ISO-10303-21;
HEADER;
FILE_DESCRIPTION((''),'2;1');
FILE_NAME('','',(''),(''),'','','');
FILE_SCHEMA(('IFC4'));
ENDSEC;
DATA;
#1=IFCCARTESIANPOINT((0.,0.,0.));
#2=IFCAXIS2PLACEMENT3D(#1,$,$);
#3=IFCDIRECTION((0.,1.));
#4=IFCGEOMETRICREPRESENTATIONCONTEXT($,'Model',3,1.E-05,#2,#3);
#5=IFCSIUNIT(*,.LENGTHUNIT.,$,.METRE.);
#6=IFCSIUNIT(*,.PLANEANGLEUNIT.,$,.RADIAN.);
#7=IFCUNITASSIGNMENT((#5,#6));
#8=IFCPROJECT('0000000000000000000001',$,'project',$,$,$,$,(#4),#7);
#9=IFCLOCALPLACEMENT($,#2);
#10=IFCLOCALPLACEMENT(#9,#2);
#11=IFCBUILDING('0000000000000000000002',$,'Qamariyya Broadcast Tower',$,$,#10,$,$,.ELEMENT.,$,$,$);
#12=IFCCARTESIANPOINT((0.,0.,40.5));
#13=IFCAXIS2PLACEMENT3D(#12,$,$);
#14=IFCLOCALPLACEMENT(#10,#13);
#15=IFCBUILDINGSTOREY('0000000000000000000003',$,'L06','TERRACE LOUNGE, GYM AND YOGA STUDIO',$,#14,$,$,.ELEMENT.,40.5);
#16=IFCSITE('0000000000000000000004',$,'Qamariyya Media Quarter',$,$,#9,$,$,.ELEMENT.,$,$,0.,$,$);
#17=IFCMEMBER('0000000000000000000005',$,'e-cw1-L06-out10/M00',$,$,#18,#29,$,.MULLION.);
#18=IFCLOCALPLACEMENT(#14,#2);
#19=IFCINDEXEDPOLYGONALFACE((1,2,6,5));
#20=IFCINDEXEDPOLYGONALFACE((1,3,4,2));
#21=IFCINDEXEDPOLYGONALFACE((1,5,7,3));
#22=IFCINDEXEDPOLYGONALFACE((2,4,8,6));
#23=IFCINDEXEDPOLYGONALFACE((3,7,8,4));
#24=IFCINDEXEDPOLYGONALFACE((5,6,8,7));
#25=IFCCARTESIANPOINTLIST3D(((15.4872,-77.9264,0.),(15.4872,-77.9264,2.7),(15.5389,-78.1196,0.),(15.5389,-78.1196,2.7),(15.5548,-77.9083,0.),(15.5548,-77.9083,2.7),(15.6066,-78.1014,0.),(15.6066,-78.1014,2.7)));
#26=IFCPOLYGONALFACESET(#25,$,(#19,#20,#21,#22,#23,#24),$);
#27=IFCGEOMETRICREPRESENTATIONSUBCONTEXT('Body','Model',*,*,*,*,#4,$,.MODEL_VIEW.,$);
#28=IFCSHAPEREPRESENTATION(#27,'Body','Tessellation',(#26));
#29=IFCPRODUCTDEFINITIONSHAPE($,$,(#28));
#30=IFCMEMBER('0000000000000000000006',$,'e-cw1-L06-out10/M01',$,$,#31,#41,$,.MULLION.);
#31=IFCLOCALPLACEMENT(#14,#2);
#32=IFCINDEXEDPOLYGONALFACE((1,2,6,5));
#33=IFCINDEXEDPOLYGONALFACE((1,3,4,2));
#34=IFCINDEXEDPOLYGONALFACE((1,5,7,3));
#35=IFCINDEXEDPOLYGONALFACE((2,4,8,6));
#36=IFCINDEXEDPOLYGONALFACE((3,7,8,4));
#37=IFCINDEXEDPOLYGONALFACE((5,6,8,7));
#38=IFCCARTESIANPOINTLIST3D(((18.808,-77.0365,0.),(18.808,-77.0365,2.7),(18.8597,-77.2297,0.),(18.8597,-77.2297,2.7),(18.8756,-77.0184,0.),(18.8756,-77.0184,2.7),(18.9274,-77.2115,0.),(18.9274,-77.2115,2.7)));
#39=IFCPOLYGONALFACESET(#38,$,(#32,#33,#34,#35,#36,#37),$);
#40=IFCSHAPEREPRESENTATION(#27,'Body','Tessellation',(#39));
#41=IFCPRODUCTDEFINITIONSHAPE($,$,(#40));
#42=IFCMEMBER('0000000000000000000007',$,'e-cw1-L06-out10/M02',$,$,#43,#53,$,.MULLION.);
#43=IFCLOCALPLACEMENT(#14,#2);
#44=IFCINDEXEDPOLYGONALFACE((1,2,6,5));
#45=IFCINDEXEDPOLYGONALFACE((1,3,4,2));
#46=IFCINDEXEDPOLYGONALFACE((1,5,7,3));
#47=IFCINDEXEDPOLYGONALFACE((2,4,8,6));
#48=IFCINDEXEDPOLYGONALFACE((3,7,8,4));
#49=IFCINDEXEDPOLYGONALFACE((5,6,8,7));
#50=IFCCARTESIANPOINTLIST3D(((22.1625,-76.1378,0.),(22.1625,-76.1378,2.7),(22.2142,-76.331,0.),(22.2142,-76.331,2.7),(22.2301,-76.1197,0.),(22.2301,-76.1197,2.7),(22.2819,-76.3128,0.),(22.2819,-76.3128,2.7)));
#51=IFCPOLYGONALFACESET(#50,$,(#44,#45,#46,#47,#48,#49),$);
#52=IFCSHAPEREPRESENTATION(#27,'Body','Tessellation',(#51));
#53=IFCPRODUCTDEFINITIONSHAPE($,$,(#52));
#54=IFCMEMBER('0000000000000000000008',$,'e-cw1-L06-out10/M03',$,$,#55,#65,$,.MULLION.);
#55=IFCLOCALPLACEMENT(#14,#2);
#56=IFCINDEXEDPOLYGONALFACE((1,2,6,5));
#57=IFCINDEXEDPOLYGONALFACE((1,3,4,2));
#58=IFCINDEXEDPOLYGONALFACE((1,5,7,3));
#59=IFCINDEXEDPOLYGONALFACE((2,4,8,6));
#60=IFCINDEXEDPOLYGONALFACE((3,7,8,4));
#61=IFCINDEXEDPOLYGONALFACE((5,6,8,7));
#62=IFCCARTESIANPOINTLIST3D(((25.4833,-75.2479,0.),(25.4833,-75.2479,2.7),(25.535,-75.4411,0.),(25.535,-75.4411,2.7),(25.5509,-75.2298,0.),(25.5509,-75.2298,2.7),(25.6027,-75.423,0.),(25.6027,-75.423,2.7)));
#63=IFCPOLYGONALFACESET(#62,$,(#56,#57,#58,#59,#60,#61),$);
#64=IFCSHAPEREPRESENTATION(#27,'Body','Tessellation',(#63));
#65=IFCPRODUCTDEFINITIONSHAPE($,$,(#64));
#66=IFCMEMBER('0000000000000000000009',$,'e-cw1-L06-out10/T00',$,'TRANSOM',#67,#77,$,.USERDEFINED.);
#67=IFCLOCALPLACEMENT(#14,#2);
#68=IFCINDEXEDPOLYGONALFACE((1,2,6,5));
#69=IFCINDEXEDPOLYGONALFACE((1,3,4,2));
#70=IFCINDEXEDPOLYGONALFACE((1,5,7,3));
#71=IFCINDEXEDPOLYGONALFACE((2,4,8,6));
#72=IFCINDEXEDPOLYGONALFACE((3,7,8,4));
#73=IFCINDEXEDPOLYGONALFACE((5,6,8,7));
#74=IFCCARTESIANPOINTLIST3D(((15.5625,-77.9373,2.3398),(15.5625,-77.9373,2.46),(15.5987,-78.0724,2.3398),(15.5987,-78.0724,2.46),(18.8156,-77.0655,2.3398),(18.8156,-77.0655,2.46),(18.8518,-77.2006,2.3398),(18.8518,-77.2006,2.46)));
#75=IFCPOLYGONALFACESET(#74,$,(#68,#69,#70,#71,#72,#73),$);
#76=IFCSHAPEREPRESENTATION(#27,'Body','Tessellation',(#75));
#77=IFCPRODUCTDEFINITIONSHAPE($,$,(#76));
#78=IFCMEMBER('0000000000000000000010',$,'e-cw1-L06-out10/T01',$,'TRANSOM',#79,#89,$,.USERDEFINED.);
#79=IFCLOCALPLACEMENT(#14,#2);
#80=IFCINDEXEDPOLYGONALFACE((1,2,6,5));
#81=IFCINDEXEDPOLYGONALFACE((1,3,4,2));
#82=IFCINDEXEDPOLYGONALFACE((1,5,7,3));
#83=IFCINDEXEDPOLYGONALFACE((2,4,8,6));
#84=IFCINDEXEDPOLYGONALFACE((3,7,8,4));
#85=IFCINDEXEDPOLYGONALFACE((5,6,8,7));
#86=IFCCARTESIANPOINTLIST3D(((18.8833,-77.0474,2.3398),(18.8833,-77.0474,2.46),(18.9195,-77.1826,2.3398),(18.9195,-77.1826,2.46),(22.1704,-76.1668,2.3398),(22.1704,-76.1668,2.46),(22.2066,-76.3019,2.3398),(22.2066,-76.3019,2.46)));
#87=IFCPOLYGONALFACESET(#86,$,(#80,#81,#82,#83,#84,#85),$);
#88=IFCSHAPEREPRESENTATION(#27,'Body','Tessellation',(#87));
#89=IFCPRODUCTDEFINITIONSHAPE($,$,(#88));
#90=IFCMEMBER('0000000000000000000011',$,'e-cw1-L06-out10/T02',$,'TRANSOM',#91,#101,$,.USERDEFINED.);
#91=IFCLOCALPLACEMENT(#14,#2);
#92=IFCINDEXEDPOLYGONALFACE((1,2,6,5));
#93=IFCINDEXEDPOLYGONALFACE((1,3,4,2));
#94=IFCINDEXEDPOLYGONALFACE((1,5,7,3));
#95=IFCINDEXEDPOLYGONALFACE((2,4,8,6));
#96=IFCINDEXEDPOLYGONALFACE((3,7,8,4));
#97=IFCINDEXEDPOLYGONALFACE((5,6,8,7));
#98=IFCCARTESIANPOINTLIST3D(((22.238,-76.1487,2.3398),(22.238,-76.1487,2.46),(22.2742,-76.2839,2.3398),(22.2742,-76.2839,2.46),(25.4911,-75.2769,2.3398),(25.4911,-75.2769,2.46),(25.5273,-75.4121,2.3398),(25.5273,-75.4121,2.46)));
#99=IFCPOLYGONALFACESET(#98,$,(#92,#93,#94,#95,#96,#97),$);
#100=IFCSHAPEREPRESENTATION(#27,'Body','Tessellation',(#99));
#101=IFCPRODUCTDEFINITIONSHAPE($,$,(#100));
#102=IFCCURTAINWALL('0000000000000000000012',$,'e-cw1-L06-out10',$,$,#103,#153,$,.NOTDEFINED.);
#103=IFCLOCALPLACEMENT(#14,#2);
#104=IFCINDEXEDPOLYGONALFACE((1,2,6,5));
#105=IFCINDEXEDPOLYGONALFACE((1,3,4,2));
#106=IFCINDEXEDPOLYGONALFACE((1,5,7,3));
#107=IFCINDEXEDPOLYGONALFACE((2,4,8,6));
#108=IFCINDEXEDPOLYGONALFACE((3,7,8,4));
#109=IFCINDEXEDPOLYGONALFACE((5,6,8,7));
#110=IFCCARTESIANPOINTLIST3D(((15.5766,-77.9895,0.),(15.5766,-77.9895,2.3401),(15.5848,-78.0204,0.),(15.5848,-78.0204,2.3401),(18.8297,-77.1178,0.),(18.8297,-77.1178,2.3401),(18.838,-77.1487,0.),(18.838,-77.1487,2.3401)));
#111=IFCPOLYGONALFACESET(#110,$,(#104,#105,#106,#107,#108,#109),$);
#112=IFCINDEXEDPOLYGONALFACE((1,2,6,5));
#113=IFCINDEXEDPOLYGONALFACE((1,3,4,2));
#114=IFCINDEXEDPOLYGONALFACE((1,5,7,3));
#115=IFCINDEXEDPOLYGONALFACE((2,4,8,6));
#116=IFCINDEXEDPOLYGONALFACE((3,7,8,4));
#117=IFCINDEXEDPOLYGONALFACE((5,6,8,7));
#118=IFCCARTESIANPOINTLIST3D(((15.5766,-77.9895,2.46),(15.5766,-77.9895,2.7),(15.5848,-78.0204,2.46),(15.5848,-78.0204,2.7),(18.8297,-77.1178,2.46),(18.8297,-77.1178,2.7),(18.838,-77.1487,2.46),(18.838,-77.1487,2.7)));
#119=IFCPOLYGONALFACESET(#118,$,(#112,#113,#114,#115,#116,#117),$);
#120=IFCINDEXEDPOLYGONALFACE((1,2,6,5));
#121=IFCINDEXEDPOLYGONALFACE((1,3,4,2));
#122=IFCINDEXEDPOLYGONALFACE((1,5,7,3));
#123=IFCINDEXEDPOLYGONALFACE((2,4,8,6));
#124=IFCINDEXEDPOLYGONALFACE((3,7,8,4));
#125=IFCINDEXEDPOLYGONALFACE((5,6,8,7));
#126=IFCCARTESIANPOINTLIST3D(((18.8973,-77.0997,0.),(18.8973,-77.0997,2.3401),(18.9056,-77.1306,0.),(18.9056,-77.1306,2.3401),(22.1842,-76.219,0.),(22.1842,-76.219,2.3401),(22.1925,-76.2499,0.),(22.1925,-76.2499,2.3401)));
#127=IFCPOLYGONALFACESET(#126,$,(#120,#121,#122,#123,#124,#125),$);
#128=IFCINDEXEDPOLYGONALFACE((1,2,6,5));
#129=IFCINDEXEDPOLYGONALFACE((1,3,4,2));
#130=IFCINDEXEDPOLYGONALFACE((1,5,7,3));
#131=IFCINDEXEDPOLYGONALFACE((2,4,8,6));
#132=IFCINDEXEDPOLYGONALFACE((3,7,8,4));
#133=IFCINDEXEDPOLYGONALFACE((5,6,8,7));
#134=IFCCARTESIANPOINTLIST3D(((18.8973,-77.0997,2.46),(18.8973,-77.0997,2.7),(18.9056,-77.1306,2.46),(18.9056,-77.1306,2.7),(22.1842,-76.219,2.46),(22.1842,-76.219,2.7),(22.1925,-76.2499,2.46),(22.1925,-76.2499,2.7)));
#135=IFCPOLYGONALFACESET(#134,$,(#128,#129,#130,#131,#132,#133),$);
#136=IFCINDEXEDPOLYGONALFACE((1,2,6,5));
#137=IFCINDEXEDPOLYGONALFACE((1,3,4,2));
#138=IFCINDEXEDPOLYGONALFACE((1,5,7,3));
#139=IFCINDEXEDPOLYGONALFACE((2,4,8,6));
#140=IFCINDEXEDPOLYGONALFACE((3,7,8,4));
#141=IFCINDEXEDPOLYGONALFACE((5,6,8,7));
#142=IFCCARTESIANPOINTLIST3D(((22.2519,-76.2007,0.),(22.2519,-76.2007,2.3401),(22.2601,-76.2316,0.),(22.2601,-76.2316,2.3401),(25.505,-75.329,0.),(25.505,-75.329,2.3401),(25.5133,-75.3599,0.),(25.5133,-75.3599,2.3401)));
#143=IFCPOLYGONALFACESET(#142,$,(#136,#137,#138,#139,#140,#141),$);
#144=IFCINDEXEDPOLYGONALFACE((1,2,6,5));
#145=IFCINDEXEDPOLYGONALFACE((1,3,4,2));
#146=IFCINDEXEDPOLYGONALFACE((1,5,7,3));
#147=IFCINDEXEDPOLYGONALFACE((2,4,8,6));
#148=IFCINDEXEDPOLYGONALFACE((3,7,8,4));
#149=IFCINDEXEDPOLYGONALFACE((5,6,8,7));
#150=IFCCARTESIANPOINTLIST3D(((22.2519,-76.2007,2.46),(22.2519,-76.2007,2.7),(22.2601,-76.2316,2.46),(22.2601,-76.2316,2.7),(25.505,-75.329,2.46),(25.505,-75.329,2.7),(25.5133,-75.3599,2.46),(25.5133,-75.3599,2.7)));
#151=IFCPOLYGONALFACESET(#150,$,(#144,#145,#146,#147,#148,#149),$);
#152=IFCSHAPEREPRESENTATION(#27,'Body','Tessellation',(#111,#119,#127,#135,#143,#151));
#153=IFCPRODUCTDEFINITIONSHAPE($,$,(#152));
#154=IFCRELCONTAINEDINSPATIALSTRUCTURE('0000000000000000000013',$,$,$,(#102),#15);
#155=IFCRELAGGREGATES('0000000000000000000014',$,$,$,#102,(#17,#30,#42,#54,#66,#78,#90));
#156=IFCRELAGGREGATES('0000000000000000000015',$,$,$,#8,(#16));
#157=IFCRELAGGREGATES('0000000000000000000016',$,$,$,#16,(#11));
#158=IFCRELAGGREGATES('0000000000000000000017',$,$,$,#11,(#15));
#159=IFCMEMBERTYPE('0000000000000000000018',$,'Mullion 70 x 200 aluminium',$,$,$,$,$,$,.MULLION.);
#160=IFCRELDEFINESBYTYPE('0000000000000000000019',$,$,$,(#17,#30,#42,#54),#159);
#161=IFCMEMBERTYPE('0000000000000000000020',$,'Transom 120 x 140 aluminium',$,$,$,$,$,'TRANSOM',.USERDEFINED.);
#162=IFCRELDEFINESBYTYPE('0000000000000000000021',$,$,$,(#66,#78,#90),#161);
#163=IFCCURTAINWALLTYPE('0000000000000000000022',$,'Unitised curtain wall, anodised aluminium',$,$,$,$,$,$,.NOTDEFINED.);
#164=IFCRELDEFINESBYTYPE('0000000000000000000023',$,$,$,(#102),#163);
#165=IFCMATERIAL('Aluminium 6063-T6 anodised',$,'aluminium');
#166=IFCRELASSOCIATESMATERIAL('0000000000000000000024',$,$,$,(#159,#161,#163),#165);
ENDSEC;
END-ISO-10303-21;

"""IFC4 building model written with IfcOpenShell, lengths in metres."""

from ifc_helpers import new_model, si_unit, direction, frame, origin, origin_2d, place, context, subcontext, project, spatial, rectangle, extrude, material, material_profile, profile_set, type_object, element, aggregate, save


model = new_model("IFC4")

# Units and contexts
model_context = context("Model", 3, precision=1e-05, world=origin(), true_north=direction((0.0, 1.0)))
body_context = subcontext(model_context, "Body", "Model", "MODEL_VIEW")
ifc_project = project(units=[si_unit("LENGTHUNIT", "METRE"), si_unit("PLANEANGLEUNIT", "RADIAN")], contexts=[model_context])

# Members
ifc_material = material(Name="Aluminium 6063-T6 anodised", Category="aluminium")
ifc_material_profile_1 = material_profile(ifc_material, rectangle(XDim=0.2, YDim=0.0701, at=origin_2d()))
ifc_profile_set_1 = profile_set([ifc_material_profile_1], Name="Aluminium 6063-T6 anodised")
member_type_1 = type_object("IfcMemberType", Name="Mullion 70 x 200 aluminium", PredefinedType="MULLION", material=ifc_profile_set_1)
site_placement = place(None, origin())
building_placement = place(site_placement, origin())
storey_placement = place(building_placement, frame((0.0, 0.0, 40.5)))
member_1_placement = place(storey_placement, frame((15.5469, -78.0139, 0.0), z_axis=(0.0, 0.0, 1.0), x_axis=(-0.258819, 0.965926, 0.0)))
member_1 = element("IfcMember", 1, at=member_1_placement, type_object=member_type_1, Name="e-cw1-L06-out10/M00", PredefinedType="MULLION", context=body_context, shape_type="SweptSolid", body=[
    extrude(rectangle(XDim=0.2, YDim=0.0701, at=origin_2d()), origin(), (0.0, 0.0, 1.0), 2.7),
])
member_2_placement = place(storey_placement, frame((18.8677, -77.124, 0.0), z_axis=(0.0, 0.0, 1.0), x_axis=(-0.258819, 0.965926, 0.0)))
member_2 = element("IfcMember", 2, at=member_2_placement, type_object=member_type_1, Name="e-cw1-L06-out10/M01", PredefinedType="MULLION", context=body_context, shape_type="SweptSolid", body=[
    extrude(rectangle(XDim=0.2, YDim=0.0701, at=origin_2d()), origin(), (0.0, 0.0, 1.0), 2.7),
])
member_3_placement = place(storey_placement, frame((22.2222, -76.2253, 0.0), z_axis=(0.0, 0.0, 1.0), x_axis=(-0.258819, 0.965926, 0.0)))
member_3 = element("IfcMember", 3, at=member_3_placement, type_object=member_type_1, Name="e-cw1-L06-out10/M02", PredefinedType="MULLION", context=body_context, shape_type="SweptSolid", body=[
    extrude(rectangle(XDim=0.2, YDim=0.0701, at=origin_2d()), origin(), (0.0, 0.0, 1.0), 2.7),
])
member_4_placement = place(storey_placement, frame((25.543, -75.3354, 0.0), z_axis=(0.0, 0.0, 1.0), x_axis=(-0.258819, 0.965926, 0.0)))
member_4 = element("IfcMember", 4, at=member_4_placement, type_object=member_type_1, Name="e-cw1-L06-out10/M03", PredefinedType="MULLION", context=body_context, shape_type="SweptSolid", body=[
    extrude(rectangle(XDim=0.2, YDim=0.0701, at=origin_2d()), origin(), (0.0, 0.0, 1.0), 2.7),
])
ifc_material_profile_2 = material_profile(ifc_material, rectangle(XDim=0.1399, YDim=0.1201, at=origin_2d()))
ifc_profile_set_2 = profile_set([ifc_material_profile_2], Name="Aluminium 6063-T6 anodised")
member_type_2 = type_object("IfcMemberType", Name="Transom 120 x 140 aluminium", ElementType="TRANSOM", PredefinedType="USERDEFINED", material=ifc_profile_set_2)
member_5_placement = place(storey_placement, frame((15.5806, -78.0049, 2.3999), z_axis=(0.965915, 0.258858, 0.0), x_axis=(-0.258858, 0.965915, 0.0)))
member_5 = element("IfcMember", 5, at=member_5_placement, type_object=member_type_2, Name="e-cw1-L06-out10/T00", ObjectType="TRANSOM", PredefinedType="USERDEFINED", context=body_context, shape_type="SweptSolid", body=[
    extrude(rectangle(XDim=0.1399, YDim=0.1201, at=origin_2d()), origin(), (0.0, 0.0, 1.0), 3.3679),
])
member_6_placement = place(storey_placement, frame((18.9014, -77.115, 2.3999), z_axis=(0.965938, 0.258774, 0.0), x_axis=(-0.258774, 0.965938, 0.0)))
member_6 = element("IfcMember", 6, at=member_6_placement, type_object=member_type_2, Name="e-cw1-L06-out10/T01", ObjectType="TRANSOM", PredefinedType="USERDEFINED", context=body_context, shape_type="SweptSolid", body=[
    extrude(rectangle(XDim=0.1399, YDim=0.1201, at=origin_2d()), origin(), (0.0, 0.0, 1.0), 3.4031),
])
member_7_placement = place(storey_placement, frame((22.2561, -76.2163, 2.3999), z_axis=(0.965915, 0.258858, 0.0), x_axis=(-0.258858, 0.965915, 0.0)))
member_7 = element("IfcMember", 7, at=member_7_placement, type_object=member_type_2, Name="e-cw1-L06-out10/T02", ObjectType="TRANSOM", PredefinedType="USERDEFINED", context=body_context, shape_type="SweptSolid", body=[
    extrude(rectangle(XDim=0.1399, YDim=0.1201, at=origin_2d()), origin(), (0.0, 0.0, 1.0), 3.3679),
])

# Site, building, storey
site = spatial("IfcSite", under=ifc_project, at=site_placement, Name="Qamariyya Media Quarter", CompositionType="ELEMENT", RefElevation=0.0)
building = spatial("IfcBuilding", under=site, at=building_placement, Name="Qamariyya Broadcast Tower", CompositionType="ELEMENT")
storey = spatial("IfcBuildingStorey", under=building, at=storey_placement, Name="L06", Description="TERRACE LOUNGE, GYM AND YOGA STUDIO", CompositionType="ELEMENT", Elevation=40.5)

# Curtain wall
curtain_wall_type = type_object("IfcCurtainWallType", Name="Unitised curtain wall, anodised aluminium", PredefinedType="NOTDEFINED", material=ifc_material)
curtain_wall_1_placement = place(storey_placement, origin())
curtain_wall_1 = element("IfcCurtainWall", 8, at=curtain_wall_1_placement, inside=storey, type_object=curtain_wall_type, Name="e-cw1-L06-out10", PredefinedType="NOTDEFINED", context=body_context, shape_type="SweptSolid", body=[
    extrude(rectangle(XDim=3.3679, YDim=0.032, at=origin_2d()), frame((17.2073, -77.5691, 0.0), x_axis=(0.965925, 0.258822, 0.0)), (0.0, 0.0, 1.0), 2.3401),
    extrude(rectangle(XDim=3.3679, YDim=0.032, at=origin_2d()), frame((17.2073, -77.5691, 2.46), x_axis=(0.965925, 0.258822, 0.0)), (0.0, 0.0, 1.0), 0.24),
    extrude(rectangle(XDim=3.4028, YDim=0.032, at=origin_2d()), frame((20.5449, -76.6748, 0.0), x_axis=(0.965925, 0.258822, 0.0)), (0.0, 0.0, 1.0), 2.3401),
    extrude(rectangle(XDim=3.4028, YDim=0.032, at=origin_2d()), frame((20.5449, -76.6748, 2.46), x_axis=(0.965925, 0.258822, 0.0)), (0.0, 0.0, 1.0), 0.24),
    extrude(rectangle(XDim=3.3679, YDim=0.032, at=origin_2d()), frame((23.8826, -75.7803, 0.0), x_axis=(0.965925, 0.258822, 0.0)), (0.0, 0.0, 1.0), 2.3401),
    extrude(rectangle(XDim=3.3679, YDim=0.032, at=origin_2d()), frame((23.8826, -75.7803, 2.46), x_axis=(0.965925, 0.258822, 0.0)), (0.0, 0.0, 1.0), 0.24),
])
aggregate(curtain_wall_1, [member_1, member_2, member_3, member_4, member_5, member_6, member_7])

save(model, "model.ifc")
